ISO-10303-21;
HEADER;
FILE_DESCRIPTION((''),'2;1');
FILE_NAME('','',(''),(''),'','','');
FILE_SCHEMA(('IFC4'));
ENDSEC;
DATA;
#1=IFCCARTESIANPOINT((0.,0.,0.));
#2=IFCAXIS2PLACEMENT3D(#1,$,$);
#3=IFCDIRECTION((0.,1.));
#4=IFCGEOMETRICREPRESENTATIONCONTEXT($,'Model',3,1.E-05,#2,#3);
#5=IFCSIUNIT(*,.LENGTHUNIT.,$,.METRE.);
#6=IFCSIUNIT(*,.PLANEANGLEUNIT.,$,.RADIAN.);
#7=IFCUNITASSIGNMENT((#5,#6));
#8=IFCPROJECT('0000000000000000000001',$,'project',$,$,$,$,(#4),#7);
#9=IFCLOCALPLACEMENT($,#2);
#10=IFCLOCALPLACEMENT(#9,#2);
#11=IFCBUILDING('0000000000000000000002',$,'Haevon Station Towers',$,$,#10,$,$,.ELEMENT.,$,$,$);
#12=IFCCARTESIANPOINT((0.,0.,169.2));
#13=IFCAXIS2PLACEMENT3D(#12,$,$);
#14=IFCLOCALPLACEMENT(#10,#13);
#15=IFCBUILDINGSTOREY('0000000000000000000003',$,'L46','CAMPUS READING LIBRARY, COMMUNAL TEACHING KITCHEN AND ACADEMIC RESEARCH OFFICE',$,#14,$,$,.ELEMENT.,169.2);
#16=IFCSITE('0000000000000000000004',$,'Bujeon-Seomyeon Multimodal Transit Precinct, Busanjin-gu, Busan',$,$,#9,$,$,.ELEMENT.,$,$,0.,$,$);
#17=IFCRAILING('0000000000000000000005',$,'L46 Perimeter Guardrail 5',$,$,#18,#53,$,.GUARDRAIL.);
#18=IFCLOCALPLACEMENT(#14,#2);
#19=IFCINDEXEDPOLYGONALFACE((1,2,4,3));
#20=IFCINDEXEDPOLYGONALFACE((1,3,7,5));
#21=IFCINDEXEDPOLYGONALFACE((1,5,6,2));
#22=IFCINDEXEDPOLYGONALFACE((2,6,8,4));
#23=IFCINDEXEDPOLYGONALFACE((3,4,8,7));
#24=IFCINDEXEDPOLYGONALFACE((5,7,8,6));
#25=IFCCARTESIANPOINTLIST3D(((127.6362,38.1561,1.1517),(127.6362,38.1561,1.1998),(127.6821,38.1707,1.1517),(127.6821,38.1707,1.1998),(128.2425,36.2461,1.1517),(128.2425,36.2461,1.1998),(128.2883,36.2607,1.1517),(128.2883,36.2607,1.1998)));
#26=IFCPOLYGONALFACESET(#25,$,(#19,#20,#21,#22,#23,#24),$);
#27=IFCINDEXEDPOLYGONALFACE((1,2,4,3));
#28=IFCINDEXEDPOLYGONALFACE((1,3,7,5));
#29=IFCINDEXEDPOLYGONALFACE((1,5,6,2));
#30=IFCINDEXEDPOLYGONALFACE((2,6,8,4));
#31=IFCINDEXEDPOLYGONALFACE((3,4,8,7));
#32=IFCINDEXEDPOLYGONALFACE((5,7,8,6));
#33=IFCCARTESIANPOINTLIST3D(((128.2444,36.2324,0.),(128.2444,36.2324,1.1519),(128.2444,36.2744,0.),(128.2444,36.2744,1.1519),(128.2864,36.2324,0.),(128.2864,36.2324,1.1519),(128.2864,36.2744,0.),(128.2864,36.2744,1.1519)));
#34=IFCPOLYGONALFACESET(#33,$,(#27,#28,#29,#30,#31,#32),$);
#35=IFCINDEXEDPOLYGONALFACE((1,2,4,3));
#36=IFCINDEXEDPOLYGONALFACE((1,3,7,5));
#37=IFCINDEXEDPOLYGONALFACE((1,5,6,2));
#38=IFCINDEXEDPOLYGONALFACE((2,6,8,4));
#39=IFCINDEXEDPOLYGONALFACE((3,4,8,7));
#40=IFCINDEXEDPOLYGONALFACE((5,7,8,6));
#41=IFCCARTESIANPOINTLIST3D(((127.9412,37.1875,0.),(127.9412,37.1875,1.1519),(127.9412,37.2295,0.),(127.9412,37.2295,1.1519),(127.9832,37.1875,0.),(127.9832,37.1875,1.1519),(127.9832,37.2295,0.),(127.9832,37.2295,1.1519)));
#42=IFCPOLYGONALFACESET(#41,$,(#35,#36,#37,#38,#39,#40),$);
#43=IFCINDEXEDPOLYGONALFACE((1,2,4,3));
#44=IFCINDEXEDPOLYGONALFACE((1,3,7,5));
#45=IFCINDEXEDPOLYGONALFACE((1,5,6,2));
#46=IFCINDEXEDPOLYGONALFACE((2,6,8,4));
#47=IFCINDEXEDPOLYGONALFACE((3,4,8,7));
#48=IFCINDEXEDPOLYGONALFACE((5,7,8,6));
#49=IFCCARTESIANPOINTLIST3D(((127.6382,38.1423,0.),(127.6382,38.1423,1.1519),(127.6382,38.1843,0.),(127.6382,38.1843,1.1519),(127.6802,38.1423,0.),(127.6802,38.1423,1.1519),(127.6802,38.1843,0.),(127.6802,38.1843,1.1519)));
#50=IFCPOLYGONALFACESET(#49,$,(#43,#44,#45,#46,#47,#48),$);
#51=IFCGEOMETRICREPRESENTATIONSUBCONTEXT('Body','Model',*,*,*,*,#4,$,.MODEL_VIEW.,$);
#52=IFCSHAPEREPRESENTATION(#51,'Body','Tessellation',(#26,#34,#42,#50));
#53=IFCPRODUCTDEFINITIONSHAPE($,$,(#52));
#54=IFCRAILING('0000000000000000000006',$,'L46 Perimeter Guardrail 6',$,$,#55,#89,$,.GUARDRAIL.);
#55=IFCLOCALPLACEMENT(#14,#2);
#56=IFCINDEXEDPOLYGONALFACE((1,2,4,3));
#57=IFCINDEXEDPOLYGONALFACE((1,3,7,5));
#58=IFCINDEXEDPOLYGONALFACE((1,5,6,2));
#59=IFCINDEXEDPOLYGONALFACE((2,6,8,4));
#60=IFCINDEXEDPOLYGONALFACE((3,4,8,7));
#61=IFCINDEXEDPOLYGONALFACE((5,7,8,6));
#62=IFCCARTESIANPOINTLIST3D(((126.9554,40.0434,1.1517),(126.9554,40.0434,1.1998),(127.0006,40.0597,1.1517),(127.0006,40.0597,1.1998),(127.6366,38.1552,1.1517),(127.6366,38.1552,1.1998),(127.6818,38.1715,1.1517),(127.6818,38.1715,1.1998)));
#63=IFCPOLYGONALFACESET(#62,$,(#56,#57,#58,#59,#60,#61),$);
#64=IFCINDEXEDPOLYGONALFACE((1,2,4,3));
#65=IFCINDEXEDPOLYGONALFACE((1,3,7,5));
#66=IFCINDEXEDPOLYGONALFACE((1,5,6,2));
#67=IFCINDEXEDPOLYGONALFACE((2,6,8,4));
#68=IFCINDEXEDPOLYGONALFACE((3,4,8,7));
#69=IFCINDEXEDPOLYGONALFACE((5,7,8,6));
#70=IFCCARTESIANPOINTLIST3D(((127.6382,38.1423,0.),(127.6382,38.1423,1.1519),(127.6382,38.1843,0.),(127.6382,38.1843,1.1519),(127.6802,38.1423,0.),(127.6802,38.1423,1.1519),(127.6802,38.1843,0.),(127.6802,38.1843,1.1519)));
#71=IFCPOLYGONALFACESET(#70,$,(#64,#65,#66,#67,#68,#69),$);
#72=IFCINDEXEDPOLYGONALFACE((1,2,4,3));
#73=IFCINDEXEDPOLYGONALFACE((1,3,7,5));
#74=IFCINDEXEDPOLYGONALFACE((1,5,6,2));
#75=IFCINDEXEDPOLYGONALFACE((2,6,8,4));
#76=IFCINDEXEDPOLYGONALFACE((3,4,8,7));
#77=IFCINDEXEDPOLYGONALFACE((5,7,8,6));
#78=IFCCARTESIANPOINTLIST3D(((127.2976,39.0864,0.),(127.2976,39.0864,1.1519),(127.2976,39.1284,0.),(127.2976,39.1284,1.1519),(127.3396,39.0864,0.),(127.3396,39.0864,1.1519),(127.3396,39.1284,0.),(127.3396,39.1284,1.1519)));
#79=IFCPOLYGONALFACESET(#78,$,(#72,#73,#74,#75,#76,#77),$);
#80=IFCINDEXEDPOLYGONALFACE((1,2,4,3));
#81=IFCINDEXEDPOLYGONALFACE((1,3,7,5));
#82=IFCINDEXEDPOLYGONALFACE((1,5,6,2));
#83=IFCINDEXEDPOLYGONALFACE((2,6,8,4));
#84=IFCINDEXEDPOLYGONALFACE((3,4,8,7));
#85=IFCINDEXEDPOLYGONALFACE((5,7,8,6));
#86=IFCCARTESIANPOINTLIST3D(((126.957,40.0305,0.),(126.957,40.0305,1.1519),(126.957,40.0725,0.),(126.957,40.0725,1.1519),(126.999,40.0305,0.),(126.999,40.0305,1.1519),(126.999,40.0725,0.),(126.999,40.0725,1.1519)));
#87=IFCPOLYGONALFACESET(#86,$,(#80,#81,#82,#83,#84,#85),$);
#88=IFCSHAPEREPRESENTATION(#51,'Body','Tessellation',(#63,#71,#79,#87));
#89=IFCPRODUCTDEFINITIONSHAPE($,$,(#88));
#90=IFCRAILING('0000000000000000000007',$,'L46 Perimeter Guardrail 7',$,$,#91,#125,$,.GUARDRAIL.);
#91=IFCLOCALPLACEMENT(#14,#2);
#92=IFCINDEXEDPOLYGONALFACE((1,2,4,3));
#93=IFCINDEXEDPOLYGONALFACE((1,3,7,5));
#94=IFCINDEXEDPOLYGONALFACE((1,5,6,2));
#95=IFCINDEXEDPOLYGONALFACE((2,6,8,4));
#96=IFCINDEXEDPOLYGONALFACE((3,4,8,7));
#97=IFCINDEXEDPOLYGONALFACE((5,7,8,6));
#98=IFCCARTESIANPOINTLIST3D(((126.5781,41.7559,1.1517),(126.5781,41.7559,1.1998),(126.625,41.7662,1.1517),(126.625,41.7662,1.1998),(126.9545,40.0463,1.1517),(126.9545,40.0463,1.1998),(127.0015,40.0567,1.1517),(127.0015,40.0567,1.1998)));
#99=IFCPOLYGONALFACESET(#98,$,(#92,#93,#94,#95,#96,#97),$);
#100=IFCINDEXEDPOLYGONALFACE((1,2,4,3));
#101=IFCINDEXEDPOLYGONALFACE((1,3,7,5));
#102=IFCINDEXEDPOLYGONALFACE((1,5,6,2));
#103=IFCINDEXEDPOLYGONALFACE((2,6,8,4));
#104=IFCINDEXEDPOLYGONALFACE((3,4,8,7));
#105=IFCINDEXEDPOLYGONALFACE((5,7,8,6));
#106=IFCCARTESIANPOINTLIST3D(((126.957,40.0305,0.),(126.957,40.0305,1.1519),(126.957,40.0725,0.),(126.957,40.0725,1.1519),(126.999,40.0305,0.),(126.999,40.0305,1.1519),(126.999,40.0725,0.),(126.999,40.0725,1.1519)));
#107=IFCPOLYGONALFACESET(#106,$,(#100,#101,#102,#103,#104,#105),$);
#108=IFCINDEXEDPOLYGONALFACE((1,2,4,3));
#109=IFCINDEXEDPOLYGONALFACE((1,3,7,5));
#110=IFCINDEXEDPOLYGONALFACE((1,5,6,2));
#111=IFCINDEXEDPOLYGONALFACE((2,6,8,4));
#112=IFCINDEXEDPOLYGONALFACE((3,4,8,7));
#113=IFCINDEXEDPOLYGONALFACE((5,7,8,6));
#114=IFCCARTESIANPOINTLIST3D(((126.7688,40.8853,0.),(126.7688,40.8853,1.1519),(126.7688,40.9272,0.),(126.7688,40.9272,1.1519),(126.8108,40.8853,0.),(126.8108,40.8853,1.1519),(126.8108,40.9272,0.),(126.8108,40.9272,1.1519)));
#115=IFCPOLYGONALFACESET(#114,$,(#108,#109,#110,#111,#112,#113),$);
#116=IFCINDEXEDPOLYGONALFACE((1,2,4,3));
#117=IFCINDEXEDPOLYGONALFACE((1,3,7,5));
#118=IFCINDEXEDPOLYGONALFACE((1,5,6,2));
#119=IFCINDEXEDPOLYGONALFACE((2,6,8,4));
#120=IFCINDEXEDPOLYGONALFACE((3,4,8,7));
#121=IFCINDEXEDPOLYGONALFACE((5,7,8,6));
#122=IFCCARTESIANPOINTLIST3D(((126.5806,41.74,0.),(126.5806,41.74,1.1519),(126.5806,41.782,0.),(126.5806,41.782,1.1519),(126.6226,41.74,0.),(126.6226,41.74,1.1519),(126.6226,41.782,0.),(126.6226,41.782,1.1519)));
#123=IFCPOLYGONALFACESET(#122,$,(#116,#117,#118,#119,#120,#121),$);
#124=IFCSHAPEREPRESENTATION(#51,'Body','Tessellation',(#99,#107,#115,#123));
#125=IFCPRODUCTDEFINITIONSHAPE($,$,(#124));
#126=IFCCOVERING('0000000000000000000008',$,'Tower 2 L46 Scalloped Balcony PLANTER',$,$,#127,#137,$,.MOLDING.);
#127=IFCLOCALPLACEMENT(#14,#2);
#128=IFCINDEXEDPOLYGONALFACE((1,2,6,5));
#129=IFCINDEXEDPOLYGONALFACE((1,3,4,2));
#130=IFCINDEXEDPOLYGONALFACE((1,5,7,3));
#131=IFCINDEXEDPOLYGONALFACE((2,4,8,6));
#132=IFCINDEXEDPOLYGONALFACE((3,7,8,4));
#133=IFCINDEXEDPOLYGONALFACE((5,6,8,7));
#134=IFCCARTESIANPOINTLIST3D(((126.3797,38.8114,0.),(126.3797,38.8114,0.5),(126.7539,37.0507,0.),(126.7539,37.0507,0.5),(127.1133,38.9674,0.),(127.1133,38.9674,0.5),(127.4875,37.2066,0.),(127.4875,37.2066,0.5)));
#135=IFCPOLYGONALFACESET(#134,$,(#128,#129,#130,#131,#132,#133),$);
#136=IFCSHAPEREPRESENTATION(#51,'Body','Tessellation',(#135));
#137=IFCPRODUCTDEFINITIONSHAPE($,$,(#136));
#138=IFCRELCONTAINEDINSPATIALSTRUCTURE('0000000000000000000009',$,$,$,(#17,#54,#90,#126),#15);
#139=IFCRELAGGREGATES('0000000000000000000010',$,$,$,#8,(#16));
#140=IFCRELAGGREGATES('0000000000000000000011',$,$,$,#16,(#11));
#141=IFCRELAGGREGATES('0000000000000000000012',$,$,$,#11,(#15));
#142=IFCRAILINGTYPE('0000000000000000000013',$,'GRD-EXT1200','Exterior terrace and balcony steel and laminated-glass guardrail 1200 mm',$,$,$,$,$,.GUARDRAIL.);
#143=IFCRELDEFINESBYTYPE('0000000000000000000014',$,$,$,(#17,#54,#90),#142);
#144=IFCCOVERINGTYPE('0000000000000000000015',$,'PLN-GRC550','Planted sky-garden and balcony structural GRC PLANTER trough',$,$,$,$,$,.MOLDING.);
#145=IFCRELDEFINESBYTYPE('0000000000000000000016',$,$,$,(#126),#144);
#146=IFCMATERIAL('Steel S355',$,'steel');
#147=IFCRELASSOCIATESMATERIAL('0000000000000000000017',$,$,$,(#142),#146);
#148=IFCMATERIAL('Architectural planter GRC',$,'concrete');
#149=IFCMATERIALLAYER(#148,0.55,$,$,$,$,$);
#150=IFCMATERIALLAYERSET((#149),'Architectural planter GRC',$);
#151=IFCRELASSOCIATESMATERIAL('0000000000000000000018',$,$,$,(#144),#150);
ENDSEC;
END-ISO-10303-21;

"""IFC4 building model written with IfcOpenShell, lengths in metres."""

from ifc_helpers import new_model, si_unit, direction, frame, origin, origin_2d, place, context, subcontext, project, spatial, rectangle, extrude, material, layer, layer_set, type_object, element, save


model = new_model("IFC4")

# Units and contexts
model_context = context("Model", 3, precision=1e-05, world=origin(), true_north=direction((0.0, 1.0)))
body_context = subcontext(model_context, "Body", "Model", "MODEL_VIEW")
ifc_project = project(units=[si_unit("LENGTHUNIT", "METRE"), si_unit("PLANEANGLEUNIT", "RADIAN")], contexts=[model_context])

# Site, building, storey
site_placement = place(None, origin())
site = spatial("IfcSite", under=ifc_project, at=site_placement, Name="Bujeon-Seomyeon Multimodal Transit Precinct, Busanjin-gu, Busan", CompositionType="ELEMENT", RefElevation=0.0)
building_placement = place(site_placement, origin())
building = spatial("IfcBuilding", under=site, at=building_placement, Name="Haevon Station Towers", CompositionType="ELEMENT")
storey_placement = place(building_placement, frame((0.0, 0.0, 169.2)))
storey = spatial("IfcBuildingStorey", under=building, at=storey_placement, Name="L46", Description="CAMPUS READING LIBRARY, COMMUNAL TEACHING KITCHEN AND ACADEMIC RESEARCH OFFICE", CompositionType="ELEMENT", Elevation=169.2)

# Shared definitions
ifc_material_1 = material(Name="Steel S355", Category="steel")

# Railings
railing_type = type_object("IfcRailingType", Name="GRD-EXT1200", Description="Exterior terrace and balcony steel and laminated-glass guardrail 1200 mm", PredefinedType="GUARDRAIL", material=ifc_material_1)
railing_1_placement = place(storey_placement, frame((128.2654, 36.2534, 0.0)))
element("IfcRailing", 1, at=railing_1_placement, inside=storey, type_object=railing_type, Name="L46 Perimeter Guardrail 5", PredefinedType="GUARDRAIL", context=body_context, shape_type="SweptSolid", body=[
    extrude(rectangle(XDim=0.0481, YDim=0.0481, at=origin_2d()), frame((0.0, 0.0, 1.1758), z_axis=(-0.302525, 0.953142, 0.0), x_axis=(-0.953142, -0.302525, 0.0)), (0.0, 0.0, 1.0), 2.0039),
    extrude(rectangle(XDim=0.042, YDim=0.042, at=origin_2d()), origin(), (0.0, 0.0, 1.0), 1.1519),
    extrude(rectangle(XDim=0.042, YDim=0.042, at=origin_2d()), frame((-0.3032, 0.9551, 0.0)), (0.0, 0.0, 1.0), 1.1519),
    extrude(rectangle(XDim=0.042, YDim=0.042, at=origin_2d()), frame((-0.6062, 1.9099, 0.0)), (0.0, 0.0, 1.0), 1.1519),
])
railing_2_placement = place(storey_placement, frame((127.6592, 38.1633, 0.0)))
element("IfcRailing", 2, at=railing_2_placement, inside=storey, type_object=railing_type, Name="L46 Perimeter Guardrail 6", PredefinedType="GUARDRAIL", context=body_context, shape_type="SweptSolid", body=[
    extrude(rectangle(XDim=0.0481, YDim=0.0481, at=origin_2d()), frame((0.0, 0.0, 1.1758), z_axis=(-0.33934, 0.940664, 0.0), x_axis=(-0.940664, -0.33934, 0.0)), (0.0, 0.0, 1.0), 2.0073),
    extrude(rectangle(XDim=0.042, YDim=0.042, at=origin_2d()), origin(), (0.0, 0.0, 1.0), 1.1519),
    extrude(rectangle(XDim=0.042, YDim=0.042, at=origin_2d()), frame((-0.3406, 0.9441, 0.0)), (0.0, 0.0, 1.0), 1.1519),
    extrude(rectangle(XDim=0.042, YDim=0.042, at=origin_2d()), frame((-0.6812, 1.8882, 0.0)), (0.0, 0.0, 1.0), 1.1519),
])
railing_3_placement = place(storey_placement, frame((126.978, 40.0515, 0.0)))
element("IfcRailing", 3, at=railing_3_placement, inside=storey, type_object=railing_type, Name="L46 Perimeter Guardrail 7", PredefinedType="GUARDRAIL", context=body_context, shape_type="SweptSolid", body=[
    extrude(rectangle(XDim=0.0481, YDim=0.0481, at=origin_2d()), frame((0.0, 0.0, 1.1758), z_axis=(-0.215069, 0.976599, 0.0), x_axis=(-0.976599, -0.215069, 0.0)), (0.0, 0.0, 1.0), 1.7505),
    extrude(rectangle(XDim=0.042, YDim=0.042, at=origin_2d()), origin(), (0.0, 0.0, 1.0), 1.1519),
    extrude(rectangle(XDim=0.042, YDim=0.042, at=origin_2d()), frame((-0.1882, 0.8547, 0.0)), (0.0, 0.0, 1.0), 1.1519),
    extrude(rectangle(XDim=0.042, YDim=0.042, at=origin_2d()), frame((-0.3765, 1.7095, 0.0)), (0.0, 0.0, 1.0), 1.1519),
])

# Covering
ifc_material_2 = material(Name="Architectural planter GRC", Category="concrete")
ifc_layer_1 = layer(ifc_material_2, 0.55)
ifc_layer_set_1 = layer_set([ifc_layer_1], Name="Architectural planter GRC")
covering_type = type_object("IfcCoveringType", Name="PLN-GRC550", Description="Planted sky-garden and balcony structural GRC PLANTER trough", PredefinedType="MOLDING", material=ifc_layer_set_1)
covering_placement = place(storey_placement, frame((126.9336, 38.009, 0.0), z_axis=(0.0, 0.0, 1.0), x_axis=(0.978148, 0.207912, 0.0)))
element("IfcCovering", 4, at=covering_placement, inside=storey, type_object=covering_type, Name="Tower 2 L46 Scalloped Balcony PLANTER", PredefinedType="MOLDING", context=body_context, shape_type="SweptSolid", body=[
    extrude(rectangle(XDim=0.75, YDim=1.8, at=origin_2d()), origin(), (0.0, 0.0, 1.0), 0.5),
])

save(model, "model.ifc")
